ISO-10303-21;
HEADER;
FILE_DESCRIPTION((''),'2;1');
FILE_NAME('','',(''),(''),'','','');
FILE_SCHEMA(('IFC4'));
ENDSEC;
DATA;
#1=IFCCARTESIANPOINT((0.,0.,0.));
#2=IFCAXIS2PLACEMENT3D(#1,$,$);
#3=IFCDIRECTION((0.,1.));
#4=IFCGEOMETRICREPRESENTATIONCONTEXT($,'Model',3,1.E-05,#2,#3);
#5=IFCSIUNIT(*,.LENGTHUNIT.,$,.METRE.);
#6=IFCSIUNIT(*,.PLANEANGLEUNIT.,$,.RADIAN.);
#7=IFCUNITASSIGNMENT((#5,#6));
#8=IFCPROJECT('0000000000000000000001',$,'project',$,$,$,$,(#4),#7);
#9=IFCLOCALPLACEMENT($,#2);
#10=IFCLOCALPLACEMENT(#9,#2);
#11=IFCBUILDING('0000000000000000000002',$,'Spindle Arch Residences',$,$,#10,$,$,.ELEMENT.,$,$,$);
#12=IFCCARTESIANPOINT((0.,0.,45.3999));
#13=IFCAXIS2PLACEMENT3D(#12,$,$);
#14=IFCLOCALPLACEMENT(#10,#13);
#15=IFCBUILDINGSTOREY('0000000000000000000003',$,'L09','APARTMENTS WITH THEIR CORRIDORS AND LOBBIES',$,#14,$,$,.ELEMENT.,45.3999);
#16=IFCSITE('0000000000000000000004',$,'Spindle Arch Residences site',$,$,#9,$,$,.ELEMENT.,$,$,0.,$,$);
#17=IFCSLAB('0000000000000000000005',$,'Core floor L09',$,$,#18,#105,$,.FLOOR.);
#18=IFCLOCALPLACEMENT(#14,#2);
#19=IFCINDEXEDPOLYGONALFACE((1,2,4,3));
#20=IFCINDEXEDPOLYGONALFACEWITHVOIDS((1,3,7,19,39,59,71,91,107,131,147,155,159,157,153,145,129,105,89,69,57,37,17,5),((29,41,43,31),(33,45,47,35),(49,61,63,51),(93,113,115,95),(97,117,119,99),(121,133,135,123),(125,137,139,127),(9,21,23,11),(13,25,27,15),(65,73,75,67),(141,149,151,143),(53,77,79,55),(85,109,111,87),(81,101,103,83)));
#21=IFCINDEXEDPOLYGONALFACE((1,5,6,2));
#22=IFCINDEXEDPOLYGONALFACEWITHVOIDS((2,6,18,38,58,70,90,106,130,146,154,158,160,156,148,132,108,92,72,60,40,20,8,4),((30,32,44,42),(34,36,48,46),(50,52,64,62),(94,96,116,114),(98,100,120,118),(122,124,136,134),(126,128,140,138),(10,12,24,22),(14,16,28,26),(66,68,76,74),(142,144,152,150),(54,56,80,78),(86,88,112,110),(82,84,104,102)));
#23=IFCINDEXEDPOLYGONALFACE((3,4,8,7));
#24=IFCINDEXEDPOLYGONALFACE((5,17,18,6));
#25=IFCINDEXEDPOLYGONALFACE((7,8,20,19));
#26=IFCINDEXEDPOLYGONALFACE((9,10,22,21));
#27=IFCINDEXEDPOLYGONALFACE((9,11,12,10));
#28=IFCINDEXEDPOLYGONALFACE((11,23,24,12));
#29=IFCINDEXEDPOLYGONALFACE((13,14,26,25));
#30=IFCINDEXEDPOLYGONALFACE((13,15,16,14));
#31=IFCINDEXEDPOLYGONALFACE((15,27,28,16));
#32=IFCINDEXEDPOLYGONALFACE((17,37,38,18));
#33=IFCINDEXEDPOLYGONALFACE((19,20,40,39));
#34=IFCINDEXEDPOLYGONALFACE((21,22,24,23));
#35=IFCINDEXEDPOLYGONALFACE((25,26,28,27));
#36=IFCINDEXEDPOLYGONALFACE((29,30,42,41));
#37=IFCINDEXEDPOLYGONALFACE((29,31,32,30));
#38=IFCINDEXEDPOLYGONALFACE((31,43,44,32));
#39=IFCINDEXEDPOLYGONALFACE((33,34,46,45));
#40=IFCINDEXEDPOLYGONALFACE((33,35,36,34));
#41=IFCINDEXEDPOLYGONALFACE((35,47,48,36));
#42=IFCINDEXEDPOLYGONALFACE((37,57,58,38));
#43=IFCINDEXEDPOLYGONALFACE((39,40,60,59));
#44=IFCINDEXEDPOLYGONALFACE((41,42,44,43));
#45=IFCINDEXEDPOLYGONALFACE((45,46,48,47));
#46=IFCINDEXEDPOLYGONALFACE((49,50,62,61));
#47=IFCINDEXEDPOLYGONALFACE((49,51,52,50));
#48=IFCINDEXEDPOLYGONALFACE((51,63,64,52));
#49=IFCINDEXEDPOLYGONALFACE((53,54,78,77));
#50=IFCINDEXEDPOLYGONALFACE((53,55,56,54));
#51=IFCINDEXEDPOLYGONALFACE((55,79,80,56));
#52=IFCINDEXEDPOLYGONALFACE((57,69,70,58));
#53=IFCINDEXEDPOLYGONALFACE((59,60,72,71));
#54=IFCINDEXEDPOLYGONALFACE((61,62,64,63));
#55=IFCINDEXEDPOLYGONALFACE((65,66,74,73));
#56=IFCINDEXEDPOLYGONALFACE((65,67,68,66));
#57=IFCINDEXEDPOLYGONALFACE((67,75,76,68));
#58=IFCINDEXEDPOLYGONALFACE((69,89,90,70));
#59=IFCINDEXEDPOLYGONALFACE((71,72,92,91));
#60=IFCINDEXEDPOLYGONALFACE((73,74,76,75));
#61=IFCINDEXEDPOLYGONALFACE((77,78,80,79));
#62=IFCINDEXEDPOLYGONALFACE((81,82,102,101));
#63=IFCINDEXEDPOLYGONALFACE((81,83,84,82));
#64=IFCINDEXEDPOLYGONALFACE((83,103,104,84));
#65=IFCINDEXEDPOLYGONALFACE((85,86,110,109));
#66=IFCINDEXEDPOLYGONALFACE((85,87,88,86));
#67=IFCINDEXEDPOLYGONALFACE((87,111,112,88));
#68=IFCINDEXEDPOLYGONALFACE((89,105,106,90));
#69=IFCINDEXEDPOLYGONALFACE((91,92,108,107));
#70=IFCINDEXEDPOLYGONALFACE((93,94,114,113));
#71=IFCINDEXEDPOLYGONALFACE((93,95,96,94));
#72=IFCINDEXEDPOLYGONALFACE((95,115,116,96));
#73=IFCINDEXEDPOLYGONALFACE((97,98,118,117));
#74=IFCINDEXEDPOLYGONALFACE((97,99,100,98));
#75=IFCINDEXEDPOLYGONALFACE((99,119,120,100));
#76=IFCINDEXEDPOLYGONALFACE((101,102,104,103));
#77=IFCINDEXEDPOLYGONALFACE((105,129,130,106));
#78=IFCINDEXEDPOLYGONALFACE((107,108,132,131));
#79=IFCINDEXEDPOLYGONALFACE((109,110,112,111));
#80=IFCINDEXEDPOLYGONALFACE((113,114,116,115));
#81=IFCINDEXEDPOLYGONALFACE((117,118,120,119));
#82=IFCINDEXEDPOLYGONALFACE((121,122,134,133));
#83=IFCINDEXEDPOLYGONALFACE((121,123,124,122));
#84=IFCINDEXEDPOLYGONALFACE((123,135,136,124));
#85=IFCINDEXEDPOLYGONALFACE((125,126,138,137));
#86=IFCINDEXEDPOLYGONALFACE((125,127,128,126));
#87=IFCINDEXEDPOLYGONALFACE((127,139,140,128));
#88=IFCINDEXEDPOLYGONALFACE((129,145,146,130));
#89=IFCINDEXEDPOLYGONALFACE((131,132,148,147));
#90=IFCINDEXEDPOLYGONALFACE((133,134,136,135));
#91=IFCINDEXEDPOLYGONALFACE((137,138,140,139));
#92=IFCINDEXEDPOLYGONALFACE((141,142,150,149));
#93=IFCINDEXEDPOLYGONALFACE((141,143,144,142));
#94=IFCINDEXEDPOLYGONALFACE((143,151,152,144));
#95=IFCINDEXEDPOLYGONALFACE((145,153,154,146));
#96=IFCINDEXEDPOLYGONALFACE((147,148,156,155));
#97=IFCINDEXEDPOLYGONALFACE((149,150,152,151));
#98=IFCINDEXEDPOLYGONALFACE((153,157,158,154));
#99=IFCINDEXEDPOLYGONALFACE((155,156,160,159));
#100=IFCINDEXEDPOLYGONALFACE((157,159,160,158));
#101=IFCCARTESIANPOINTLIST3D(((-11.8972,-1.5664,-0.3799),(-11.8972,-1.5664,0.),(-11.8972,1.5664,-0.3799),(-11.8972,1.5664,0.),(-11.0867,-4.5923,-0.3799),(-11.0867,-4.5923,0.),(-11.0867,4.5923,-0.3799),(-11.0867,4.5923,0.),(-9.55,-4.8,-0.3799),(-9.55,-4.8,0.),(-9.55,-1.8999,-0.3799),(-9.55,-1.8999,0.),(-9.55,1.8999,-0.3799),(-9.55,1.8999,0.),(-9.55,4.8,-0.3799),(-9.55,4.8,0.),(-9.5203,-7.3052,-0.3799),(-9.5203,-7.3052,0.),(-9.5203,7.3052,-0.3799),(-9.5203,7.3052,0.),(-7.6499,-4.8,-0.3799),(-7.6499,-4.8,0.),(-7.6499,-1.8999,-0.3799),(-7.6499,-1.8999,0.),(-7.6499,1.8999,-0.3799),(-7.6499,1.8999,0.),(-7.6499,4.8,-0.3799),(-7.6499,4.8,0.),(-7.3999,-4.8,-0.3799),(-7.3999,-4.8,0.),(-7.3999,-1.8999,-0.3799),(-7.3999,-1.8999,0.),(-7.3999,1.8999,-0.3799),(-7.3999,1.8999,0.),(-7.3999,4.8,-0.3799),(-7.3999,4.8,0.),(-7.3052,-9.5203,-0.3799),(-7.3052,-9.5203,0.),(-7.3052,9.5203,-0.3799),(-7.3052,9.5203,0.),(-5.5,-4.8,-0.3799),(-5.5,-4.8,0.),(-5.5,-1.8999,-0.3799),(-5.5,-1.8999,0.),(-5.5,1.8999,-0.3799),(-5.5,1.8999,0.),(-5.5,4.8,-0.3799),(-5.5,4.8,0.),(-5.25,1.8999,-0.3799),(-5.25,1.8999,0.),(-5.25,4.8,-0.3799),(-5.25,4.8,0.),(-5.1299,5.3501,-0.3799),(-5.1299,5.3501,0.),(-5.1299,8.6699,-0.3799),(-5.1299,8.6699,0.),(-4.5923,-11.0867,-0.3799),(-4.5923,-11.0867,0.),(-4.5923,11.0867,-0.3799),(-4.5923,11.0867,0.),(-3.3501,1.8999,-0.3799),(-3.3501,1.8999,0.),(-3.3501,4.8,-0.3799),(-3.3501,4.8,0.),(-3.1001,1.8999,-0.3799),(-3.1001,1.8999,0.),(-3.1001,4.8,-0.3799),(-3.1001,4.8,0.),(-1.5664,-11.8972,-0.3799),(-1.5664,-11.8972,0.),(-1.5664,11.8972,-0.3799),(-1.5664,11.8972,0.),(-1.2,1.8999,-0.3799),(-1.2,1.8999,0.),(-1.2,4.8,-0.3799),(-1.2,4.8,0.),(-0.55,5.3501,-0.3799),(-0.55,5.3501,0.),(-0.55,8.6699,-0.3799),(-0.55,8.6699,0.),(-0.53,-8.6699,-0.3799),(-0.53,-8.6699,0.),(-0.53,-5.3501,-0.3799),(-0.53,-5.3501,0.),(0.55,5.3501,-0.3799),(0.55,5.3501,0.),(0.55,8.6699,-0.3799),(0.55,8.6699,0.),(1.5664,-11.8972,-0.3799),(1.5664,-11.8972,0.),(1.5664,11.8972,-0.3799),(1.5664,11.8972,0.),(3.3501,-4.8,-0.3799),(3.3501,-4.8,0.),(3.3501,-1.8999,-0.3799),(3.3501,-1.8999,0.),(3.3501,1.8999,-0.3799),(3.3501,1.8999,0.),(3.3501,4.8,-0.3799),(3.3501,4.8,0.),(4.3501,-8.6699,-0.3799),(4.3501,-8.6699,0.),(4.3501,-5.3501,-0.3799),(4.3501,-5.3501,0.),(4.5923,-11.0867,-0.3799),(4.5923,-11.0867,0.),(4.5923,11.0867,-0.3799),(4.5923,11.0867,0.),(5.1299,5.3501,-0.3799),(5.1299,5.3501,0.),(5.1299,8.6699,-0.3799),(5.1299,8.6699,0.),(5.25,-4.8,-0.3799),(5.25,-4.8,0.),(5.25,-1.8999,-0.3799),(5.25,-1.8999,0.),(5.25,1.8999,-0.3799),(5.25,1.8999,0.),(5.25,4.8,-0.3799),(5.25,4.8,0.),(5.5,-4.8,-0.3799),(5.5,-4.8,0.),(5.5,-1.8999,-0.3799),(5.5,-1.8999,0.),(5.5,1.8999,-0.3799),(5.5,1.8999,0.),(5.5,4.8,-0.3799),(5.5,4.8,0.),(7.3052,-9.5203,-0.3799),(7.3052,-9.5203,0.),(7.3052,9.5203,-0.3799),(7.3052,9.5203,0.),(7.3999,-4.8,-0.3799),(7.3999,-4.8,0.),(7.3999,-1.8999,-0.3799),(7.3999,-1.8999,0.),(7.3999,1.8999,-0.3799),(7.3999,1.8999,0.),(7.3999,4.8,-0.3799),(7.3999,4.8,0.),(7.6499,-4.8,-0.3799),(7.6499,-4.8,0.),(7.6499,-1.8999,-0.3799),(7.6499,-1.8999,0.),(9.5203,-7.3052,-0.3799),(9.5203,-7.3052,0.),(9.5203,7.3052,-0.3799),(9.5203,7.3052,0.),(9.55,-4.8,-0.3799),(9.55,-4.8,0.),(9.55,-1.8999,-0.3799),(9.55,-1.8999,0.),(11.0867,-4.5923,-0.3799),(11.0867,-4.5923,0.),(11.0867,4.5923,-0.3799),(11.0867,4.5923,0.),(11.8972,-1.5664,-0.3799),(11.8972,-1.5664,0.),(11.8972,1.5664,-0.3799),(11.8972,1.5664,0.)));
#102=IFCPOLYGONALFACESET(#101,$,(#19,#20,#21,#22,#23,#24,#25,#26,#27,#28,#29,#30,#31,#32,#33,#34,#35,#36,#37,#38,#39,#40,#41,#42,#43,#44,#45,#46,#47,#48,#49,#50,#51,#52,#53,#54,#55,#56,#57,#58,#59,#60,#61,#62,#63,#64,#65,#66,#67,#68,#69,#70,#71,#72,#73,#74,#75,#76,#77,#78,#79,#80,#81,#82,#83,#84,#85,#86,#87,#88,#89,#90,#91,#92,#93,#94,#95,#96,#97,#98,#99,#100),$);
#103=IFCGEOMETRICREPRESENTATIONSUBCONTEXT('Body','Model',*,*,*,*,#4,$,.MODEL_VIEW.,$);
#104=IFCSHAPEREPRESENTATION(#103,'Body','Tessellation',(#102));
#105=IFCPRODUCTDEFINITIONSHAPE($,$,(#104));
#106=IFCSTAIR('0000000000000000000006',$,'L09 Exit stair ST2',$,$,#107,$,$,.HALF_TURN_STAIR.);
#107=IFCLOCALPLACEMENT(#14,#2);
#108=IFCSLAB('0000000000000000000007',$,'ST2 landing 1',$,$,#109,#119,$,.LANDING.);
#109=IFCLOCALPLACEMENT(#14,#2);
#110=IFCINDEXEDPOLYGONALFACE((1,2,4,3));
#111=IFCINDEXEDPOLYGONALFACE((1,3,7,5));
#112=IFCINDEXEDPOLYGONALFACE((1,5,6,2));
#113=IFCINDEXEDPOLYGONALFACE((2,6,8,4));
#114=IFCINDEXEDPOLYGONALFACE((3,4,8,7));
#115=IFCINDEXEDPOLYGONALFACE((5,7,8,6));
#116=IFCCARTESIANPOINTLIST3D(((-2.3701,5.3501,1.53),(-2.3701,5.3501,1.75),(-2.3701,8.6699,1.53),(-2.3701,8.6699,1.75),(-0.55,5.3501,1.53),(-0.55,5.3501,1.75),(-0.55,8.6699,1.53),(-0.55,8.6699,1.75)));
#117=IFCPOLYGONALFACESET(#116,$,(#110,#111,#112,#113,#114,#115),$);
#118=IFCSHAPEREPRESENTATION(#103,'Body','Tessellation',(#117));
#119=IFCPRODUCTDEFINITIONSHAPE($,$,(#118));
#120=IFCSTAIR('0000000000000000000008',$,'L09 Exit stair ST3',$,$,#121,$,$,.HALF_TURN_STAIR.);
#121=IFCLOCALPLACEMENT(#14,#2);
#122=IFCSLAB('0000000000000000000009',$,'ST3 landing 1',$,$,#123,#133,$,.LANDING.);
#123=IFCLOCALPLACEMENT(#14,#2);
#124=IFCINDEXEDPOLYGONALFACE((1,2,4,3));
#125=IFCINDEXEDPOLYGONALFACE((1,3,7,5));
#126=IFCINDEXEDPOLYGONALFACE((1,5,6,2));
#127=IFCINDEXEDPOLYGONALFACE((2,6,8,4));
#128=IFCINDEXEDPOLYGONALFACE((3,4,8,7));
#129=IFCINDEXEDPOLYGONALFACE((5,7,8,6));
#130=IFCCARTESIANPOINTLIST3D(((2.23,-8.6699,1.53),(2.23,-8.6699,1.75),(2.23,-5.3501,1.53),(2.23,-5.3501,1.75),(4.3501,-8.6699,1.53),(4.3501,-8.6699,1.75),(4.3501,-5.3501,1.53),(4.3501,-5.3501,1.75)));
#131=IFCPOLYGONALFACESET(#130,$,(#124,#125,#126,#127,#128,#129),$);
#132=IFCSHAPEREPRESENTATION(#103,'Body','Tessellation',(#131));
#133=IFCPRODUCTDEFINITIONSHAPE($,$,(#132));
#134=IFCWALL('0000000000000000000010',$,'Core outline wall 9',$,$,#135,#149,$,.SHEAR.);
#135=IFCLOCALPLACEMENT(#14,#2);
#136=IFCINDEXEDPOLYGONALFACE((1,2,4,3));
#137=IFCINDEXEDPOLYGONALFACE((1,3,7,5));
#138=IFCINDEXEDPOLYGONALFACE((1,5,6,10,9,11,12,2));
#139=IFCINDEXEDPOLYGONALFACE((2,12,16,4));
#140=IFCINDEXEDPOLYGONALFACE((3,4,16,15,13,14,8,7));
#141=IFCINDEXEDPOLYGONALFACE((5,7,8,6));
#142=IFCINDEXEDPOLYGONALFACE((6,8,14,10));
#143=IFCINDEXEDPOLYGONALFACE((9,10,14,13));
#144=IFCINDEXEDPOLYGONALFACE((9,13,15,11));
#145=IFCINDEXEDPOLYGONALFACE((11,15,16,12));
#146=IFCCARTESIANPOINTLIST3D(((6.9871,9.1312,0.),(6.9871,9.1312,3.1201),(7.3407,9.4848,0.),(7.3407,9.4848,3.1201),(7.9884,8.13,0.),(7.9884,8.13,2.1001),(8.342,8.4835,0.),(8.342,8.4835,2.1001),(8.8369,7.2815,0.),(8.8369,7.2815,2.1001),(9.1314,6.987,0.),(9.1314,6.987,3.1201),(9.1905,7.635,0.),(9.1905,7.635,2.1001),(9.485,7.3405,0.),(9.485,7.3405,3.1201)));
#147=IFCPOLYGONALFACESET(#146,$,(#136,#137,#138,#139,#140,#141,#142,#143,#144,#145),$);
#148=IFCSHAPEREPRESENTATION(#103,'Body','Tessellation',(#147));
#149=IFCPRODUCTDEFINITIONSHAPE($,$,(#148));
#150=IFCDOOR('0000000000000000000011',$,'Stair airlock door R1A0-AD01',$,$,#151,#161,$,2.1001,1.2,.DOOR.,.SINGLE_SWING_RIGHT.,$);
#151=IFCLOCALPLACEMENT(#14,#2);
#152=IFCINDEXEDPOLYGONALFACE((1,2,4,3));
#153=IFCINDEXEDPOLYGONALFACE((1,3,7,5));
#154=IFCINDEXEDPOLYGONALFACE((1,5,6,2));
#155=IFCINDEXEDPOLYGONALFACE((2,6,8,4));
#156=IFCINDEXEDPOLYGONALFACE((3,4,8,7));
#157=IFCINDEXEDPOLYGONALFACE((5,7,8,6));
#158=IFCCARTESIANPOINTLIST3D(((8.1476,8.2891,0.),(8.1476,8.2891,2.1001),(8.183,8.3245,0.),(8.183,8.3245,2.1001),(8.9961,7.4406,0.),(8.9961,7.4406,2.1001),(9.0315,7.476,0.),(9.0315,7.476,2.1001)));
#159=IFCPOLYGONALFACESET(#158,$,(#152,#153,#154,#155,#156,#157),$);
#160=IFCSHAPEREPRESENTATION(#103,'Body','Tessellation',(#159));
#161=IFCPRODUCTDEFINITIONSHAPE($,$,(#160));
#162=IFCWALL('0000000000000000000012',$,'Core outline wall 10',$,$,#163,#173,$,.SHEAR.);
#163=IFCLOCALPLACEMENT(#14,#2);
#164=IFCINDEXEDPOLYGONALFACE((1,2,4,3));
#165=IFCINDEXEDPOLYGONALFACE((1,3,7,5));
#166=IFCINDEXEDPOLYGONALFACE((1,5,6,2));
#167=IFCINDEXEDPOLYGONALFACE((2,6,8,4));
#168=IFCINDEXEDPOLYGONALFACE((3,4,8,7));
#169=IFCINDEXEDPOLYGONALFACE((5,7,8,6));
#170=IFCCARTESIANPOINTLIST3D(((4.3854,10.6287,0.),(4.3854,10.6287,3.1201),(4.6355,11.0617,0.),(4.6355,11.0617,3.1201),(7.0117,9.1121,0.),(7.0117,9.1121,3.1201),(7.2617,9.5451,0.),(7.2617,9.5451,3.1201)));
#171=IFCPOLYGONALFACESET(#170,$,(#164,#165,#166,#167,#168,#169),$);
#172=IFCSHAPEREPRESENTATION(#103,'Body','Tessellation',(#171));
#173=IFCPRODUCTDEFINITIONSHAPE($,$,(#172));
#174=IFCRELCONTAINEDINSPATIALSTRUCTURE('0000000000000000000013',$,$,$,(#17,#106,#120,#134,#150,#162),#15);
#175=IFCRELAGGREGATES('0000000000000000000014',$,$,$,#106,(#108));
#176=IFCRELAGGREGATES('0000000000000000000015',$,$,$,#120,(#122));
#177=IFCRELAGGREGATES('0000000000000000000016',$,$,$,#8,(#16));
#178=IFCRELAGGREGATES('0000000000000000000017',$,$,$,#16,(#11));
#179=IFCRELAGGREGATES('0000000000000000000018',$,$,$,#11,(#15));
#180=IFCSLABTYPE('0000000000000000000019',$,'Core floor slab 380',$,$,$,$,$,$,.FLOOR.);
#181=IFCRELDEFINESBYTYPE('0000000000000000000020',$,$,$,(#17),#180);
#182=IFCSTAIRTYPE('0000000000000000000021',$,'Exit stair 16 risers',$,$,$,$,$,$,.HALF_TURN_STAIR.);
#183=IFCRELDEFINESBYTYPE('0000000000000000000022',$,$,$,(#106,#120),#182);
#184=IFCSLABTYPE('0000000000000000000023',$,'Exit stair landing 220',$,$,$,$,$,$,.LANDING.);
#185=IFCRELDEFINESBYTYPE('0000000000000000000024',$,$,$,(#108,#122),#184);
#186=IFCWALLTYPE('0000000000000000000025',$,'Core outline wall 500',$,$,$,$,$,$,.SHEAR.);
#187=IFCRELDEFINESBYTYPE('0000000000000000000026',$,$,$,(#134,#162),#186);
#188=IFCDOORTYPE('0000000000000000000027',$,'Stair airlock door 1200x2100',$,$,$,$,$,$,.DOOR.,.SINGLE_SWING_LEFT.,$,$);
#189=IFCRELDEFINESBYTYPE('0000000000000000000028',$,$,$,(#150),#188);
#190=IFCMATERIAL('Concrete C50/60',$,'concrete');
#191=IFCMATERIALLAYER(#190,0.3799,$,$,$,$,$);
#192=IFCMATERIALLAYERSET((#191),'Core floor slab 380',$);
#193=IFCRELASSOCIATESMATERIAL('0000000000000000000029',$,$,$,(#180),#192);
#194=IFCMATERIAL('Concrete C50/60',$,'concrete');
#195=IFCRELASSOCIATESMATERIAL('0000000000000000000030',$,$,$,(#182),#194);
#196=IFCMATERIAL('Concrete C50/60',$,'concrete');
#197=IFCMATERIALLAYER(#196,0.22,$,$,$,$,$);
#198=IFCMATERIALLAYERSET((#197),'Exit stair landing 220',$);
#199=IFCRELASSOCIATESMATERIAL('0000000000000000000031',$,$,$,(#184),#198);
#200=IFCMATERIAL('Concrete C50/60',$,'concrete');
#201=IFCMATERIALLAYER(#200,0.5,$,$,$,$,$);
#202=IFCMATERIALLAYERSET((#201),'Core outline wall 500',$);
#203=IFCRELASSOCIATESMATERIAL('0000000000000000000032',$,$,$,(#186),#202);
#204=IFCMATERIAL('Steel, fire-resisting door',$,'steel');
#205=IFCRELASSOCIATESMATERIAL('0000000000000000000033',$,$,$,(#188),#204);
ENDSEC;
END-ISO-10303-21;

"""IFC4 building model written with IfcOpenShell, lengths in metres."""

from ifc_helpers import new_model, si_unit, direction, frame, frame_2d, origin, place, context, subcontext, project, spatial, polyline, rectangle, outline, extrude, material, layer, layer_set, type_object, element, fill, aggregate, save


model = new_model("IFC4")

# Units and contexts
model_context = context("Model", 3, precision=1e-05, world=origin(), true_north=direction((0.0, 1.0)))
body_context = subcontext(model_context, "Body", "Model", "MODEL_VIEW")
ifc_project = project(units=[si_unit("LENGTHUNIT", "METRE"), si_unit("PLANEANGLEUNIT", "RADIAN")], contexts=[model_context])

# Site, building, storey
site_placement = place(None, origin())
site = spatial("IfcSite", under=ifc_project, at=site_placement, Name="Spindle Arch Residences site", CompositionType="ELEMENT", RefElevation=0.0)
building_placement = place(site_placement, origin())
building = spatial("IfcBuilding", under=site, at=building_placement, Name="Spindle Arch Residences", CompositionType="ELEMENT")
storey_placement = place(building_placement, frame((0.0, 0.0, 45.3999)))
storey = spatial("IfcBuildingStorey", under=building, at=storey_placement, Name="L09", Description="APARTMENTS WITH THEIR CORRIDORS AND LOBBIES", CompositionType="ELEMENT", Elevation=45.3999)

# Slab
ifc_material_1 = material(Name="Concrete C50/60", Category="concrete")
ifc_layer_1 = layer(ifc_material_1, 0.3799)
ifc_layer_set_1 = layer_set([ifc_layer_1], Name="Core floor slab 380")
slab_type_1 = type_object("IfcSlabType", Name="Core floor slab 380", PredefinedType="FLOOR", material=ifc_layer_set_1)
slab_1_placement = place(storey_placement, frame((0.0, 0.0, -0.3799)))
element("IfcSlab", 1, at=slab_1_placement, inside=storey, type_object=slab_type_1, Name="Core floor L09", PredefinedType="FLOOR", context=body_context, shape_type="SweptSolid", body=[
    extrude(outline(polyline([(1.5664, -11.8972), (4.5923, -11.0867), (7.3052, -9.5203), (9.5203, -7.3052), (11.0867, -4.5923), (11.8972, -1.5664), (11.8972, 1.5664), (11.0867, 4.5923), (9.5203, 7.3052), (7.3052, 9.5203), (4.5923, 11.0867), (1.5664, 11.8972), (-1.5664, 11.8972), (-4.5923, 11.0867), (-7.3052, 9.5203), (-9.5203, 7.3052), (-11.0867, 4.5923), (-11.8972, 1.5664), (-11.8972, -1.5664), (-11.0867, -4.5923), (-9.5203, -7.3052), (-7.3052, -9.5203), (-4.5923, -11.0867), (-1.5664, -11.8972), (1.5664, -11.8972)]), holes=[polyline([(-9.55, 1.8999), (-7.6499, 1.8999), (-7.6499, 4.8), (-9.55, 4.8), (-9.55, 1.8999)]), polyline([(-7.3999, 1.8999), (-5.5, 1.8999), (-5.5, 4.8), (-7.3999, 4.8), (-7.3999, 1.8999)]), polyline([(-5.25, 1.8999), (-3.3501, 1.8999), (-3.3501, 4.8), (-5.25, 4.8), (-5.25, 1.8999)]), polyline([(-3.1001, 1.8999), (-1.2, 1.8999), (-1.2, 4.8), (-3.1001, 4.8), (-3.1001, 1.8999)]), polyline([(3.3501, 1.8999), (5.25, 1.8999), (5.25, 4.8), (3.3501, 4.8), (3.3501, 1.8999)]), polyline([(5.5, 1.8999), (7.3999, 1.8999), (7.3999, 4.8), (5.5, 4.8), (5.5, 1.8999)]), polyline([(-9.55, -4.8), (-7.6499, -4.8), (-7.6499, -1.8999), (-9.55, -1.8999), (-9.55, -4.8)]), polyline([(-7.3999, -4.8), (-5.5, -4.8), (-5.5, -1.8999), (-7.3999, -1.8999), (-7.3999, -4.8)]), polyline([(3.3501, -4.8), (5.25, -4.8), (5.25, -1.8999), (3.3501, -1.8999), (3.3501, -4.8)]), polyline([(5.5, -4.8), (7.3999, -4.8), (7.3999, -1.8999), (5.5, -1.8999), (5.5, -4.8)]), polyline([(7.6499, -4.8), (9.55, -4.8), (9.55, -1.8999), (7.6499, -1.8999), (7.6499, -4.8)]), polyline([(5.1299, 8.6699), (0.55, 8.6699), (0.55, 5.3501), (5.1299, 5.3501), (5.1299, 8.6699)]), polyline([(-5.1299, 5.3501), (-0.55, 5.3501), (-0.55, 8.6699), (-5.1299, 8.6699), (-5.1299, 5.3501)]), polyline([(-0.53, -8.6699), (4.3501, -8.6699), (4.3501, -5.3501), (-0.53, -5.3501), (-0.53, -8.6699)])]), origin(), (0.0, 0.0, 1.0), 0.3799),
])

# Stairs, slabs
ifc_material_2 = material(Name="Concrete C50/60", Category="concrete")
stair_type = type_object("IfcStairType", Name="Exit stair 16 risers", PredefinedType="HALF_TURN_STAIR", material=ifc_material_2)
stair_1_placement = place(storey_placement, origin())
stair_1 = element("IfcStair", 2, at=stair_1_placement, inside=storey, type_object=stair_type, Name="L09 Exit stair ST2", PredefinedType="HALF_TURN_STAIR")
ifc_material_3 = material(Name="Concrete C50/60", Category="concrete")
ifc_layer_2 = layer(ifc_material_3, 0.22)
ifc_layer_set_2 = layer_set([ifc_layer_2], Name="Exit stair landing 220")
slab_type_2 = type_object("IfcSlabType", Name="Exit stair landing 220", PredefinedType="LANDING", material=ifc_layer_set_2)
slab_2_placement = place(storey_placement, frame((0.0, 0.0, 1.53)))
slab_2 = element("IfcSlab", 3, at=slab_2_placement, type_object=slab_type_2, Name="ST2 landing 1", PredefinedType="LANDING", context=body_context, shape_type="SweptSolid", body=[
    extrude(outline(polyline([(-2.3701, 5.3501), (-0.55, 5.3501), (-0.55, 8.6699), (-2.3701, 8.6699), (-2.3701, 5.3501)])), origin(), (0.0, 0.0, 1.0), 0.22),
])
aggregate(stair_1, [slab_2])
stair_2_placement = place(storey_placement, origin())
stair_2 = element("IfcStair", 4, at=stair_2_placement, inside=storey, type_object=stair_type, Name="L09 Exit stair ST3", PredefinedType="HALF_TURN_STAIR")
slab_3_placement = place(storey_placement, frame((0.0, 0.0, 1.53)))
slab_3 = element("IfcSlab", 5, at=slab_3_placement, type_object=slab_type_2, Name="ST3 landing 1", PredefinedType="LANDING", context=body_context, shape_type="SweptSolid", body=[
    extrude(outline(polyline([(2.23, -8.6699), (4.3501, -8.6699), (4.3501, -5.3501), (2.23, -5.3501), (2.23, -8.6699)])), origin(), (0.0, 0.0, 1.0), 0.22),
])
aggregate(stair_2, [slab_3])

# Wall, opening, door
ifc_material_4 = material(Name="Concrete C50/60", Category="concrete")
ifc_layer_3 = layer(ifc_material_4, 0.5)
ifc_layer_set_3 = layer_set([ifc_layer_3], Name="Core outline wall 500")
wall_type_1 = type_object("IfcWallType", Name="Core outline wall 500", PredefinedType="SHEAR", material=ifc_layer_set_3)
wall_1_placement = place(storey_placement, frame((9.3081, 7.1638, 0.0), z_axis=(0.0, 0.0, 1.0), x_axis=(-0.707107, 0.707107, 0.0)))
wall_1 = element("IfcWall", 6, at=wall_1_placement, inside=storey, type_object=wall_type_1, Name="Core outline wall 9", PredefinedType="SHEAR", context=body_context, shape_type="SweptSolid", body=[
    extrude(rectangle(XDim=3.0325, YDim=0.5, at=frame_2d((1.5161, 0.0))), origin(), (0.0, 0.0, 1.0), 3.1201),
])
opening_1_placement = place(wall_1_placement, frame((0.4163, 0.0, 0.0)))
opening_1 = element("IfcOpeningElement", 7, at=opening_1_placement, cuts=wall_1, PredefinedType="OPENING", context=body_context, shape_type="SweptSolid", body=[
    extrude(rectangle(XDim=1.2, YDim=2.1001, at=frame_2d((0.6001, 1.05))), frame((0.0, 0.26, 0.0), z_axis=(0.0, -1.0, 0.0), x_axis=(1.0, 0.0, 0.0)), (0.0, 0.0, 1.0), 0.52),
])
ifc_material_5 = material(Name="Steel, fire-resisting door", Category="steel")
door_type_1 = type_object("IfcDoorType", Name="Stair airlock door 1200x2100", OperationType="SINGLE_SWING_LEFT", PredefinedType="DOOR", material=ifc_material_5)
door_1_placement = place(opening_1_placement, origin())
door_1 = element("IfcDoor", 8, at=door_1_placement, inside=storey, type_object=door_type_1, Name="Stair airlock door R1A0-AD01", OperationType="SINGLE_SWING_RIGHT", OverallHeight=2.1001, OverallWidth=1.2, PredefinedType="DOOR", context=body_context, shape_type="SweptSolid", body=[
    extrude(rectangle(XDim=1.2, YDim=2.1001, at=frame_2d((0.6001, 1.05))), frame((0.0, 0.0249, 0.0), z_axis=(0.0, -1.0, 0.0), x_axis=(1.0, 0.0, 0.0)), (0.0, 0.0, 1.0), 0.05),
])
fill(opening_1, door_1)

# Wall
wall_2_placement = place(storey_placement, frame((7.1367, 9.3286, 0.0), z_axis=(0.0, 0.0, 1.0), x_axis=(-0.865975, 0.500087, 0.0)))
element("IfcWall", 9, at=wall_2_placement, inside=storey, type_object=wall_type_1, Name="Core outline wall 10", PredefinedType="SHEAR", context=body_context, shape_type="SweptSolid", body=[
    extrude(rectangle(XDim=3.0327, YDim=0.5, at=frame_2d((1.5164, 0.0))), origin(), (0.0, 0.0, 1.0), 3.1201),
])

save(model, "model.ifc")
